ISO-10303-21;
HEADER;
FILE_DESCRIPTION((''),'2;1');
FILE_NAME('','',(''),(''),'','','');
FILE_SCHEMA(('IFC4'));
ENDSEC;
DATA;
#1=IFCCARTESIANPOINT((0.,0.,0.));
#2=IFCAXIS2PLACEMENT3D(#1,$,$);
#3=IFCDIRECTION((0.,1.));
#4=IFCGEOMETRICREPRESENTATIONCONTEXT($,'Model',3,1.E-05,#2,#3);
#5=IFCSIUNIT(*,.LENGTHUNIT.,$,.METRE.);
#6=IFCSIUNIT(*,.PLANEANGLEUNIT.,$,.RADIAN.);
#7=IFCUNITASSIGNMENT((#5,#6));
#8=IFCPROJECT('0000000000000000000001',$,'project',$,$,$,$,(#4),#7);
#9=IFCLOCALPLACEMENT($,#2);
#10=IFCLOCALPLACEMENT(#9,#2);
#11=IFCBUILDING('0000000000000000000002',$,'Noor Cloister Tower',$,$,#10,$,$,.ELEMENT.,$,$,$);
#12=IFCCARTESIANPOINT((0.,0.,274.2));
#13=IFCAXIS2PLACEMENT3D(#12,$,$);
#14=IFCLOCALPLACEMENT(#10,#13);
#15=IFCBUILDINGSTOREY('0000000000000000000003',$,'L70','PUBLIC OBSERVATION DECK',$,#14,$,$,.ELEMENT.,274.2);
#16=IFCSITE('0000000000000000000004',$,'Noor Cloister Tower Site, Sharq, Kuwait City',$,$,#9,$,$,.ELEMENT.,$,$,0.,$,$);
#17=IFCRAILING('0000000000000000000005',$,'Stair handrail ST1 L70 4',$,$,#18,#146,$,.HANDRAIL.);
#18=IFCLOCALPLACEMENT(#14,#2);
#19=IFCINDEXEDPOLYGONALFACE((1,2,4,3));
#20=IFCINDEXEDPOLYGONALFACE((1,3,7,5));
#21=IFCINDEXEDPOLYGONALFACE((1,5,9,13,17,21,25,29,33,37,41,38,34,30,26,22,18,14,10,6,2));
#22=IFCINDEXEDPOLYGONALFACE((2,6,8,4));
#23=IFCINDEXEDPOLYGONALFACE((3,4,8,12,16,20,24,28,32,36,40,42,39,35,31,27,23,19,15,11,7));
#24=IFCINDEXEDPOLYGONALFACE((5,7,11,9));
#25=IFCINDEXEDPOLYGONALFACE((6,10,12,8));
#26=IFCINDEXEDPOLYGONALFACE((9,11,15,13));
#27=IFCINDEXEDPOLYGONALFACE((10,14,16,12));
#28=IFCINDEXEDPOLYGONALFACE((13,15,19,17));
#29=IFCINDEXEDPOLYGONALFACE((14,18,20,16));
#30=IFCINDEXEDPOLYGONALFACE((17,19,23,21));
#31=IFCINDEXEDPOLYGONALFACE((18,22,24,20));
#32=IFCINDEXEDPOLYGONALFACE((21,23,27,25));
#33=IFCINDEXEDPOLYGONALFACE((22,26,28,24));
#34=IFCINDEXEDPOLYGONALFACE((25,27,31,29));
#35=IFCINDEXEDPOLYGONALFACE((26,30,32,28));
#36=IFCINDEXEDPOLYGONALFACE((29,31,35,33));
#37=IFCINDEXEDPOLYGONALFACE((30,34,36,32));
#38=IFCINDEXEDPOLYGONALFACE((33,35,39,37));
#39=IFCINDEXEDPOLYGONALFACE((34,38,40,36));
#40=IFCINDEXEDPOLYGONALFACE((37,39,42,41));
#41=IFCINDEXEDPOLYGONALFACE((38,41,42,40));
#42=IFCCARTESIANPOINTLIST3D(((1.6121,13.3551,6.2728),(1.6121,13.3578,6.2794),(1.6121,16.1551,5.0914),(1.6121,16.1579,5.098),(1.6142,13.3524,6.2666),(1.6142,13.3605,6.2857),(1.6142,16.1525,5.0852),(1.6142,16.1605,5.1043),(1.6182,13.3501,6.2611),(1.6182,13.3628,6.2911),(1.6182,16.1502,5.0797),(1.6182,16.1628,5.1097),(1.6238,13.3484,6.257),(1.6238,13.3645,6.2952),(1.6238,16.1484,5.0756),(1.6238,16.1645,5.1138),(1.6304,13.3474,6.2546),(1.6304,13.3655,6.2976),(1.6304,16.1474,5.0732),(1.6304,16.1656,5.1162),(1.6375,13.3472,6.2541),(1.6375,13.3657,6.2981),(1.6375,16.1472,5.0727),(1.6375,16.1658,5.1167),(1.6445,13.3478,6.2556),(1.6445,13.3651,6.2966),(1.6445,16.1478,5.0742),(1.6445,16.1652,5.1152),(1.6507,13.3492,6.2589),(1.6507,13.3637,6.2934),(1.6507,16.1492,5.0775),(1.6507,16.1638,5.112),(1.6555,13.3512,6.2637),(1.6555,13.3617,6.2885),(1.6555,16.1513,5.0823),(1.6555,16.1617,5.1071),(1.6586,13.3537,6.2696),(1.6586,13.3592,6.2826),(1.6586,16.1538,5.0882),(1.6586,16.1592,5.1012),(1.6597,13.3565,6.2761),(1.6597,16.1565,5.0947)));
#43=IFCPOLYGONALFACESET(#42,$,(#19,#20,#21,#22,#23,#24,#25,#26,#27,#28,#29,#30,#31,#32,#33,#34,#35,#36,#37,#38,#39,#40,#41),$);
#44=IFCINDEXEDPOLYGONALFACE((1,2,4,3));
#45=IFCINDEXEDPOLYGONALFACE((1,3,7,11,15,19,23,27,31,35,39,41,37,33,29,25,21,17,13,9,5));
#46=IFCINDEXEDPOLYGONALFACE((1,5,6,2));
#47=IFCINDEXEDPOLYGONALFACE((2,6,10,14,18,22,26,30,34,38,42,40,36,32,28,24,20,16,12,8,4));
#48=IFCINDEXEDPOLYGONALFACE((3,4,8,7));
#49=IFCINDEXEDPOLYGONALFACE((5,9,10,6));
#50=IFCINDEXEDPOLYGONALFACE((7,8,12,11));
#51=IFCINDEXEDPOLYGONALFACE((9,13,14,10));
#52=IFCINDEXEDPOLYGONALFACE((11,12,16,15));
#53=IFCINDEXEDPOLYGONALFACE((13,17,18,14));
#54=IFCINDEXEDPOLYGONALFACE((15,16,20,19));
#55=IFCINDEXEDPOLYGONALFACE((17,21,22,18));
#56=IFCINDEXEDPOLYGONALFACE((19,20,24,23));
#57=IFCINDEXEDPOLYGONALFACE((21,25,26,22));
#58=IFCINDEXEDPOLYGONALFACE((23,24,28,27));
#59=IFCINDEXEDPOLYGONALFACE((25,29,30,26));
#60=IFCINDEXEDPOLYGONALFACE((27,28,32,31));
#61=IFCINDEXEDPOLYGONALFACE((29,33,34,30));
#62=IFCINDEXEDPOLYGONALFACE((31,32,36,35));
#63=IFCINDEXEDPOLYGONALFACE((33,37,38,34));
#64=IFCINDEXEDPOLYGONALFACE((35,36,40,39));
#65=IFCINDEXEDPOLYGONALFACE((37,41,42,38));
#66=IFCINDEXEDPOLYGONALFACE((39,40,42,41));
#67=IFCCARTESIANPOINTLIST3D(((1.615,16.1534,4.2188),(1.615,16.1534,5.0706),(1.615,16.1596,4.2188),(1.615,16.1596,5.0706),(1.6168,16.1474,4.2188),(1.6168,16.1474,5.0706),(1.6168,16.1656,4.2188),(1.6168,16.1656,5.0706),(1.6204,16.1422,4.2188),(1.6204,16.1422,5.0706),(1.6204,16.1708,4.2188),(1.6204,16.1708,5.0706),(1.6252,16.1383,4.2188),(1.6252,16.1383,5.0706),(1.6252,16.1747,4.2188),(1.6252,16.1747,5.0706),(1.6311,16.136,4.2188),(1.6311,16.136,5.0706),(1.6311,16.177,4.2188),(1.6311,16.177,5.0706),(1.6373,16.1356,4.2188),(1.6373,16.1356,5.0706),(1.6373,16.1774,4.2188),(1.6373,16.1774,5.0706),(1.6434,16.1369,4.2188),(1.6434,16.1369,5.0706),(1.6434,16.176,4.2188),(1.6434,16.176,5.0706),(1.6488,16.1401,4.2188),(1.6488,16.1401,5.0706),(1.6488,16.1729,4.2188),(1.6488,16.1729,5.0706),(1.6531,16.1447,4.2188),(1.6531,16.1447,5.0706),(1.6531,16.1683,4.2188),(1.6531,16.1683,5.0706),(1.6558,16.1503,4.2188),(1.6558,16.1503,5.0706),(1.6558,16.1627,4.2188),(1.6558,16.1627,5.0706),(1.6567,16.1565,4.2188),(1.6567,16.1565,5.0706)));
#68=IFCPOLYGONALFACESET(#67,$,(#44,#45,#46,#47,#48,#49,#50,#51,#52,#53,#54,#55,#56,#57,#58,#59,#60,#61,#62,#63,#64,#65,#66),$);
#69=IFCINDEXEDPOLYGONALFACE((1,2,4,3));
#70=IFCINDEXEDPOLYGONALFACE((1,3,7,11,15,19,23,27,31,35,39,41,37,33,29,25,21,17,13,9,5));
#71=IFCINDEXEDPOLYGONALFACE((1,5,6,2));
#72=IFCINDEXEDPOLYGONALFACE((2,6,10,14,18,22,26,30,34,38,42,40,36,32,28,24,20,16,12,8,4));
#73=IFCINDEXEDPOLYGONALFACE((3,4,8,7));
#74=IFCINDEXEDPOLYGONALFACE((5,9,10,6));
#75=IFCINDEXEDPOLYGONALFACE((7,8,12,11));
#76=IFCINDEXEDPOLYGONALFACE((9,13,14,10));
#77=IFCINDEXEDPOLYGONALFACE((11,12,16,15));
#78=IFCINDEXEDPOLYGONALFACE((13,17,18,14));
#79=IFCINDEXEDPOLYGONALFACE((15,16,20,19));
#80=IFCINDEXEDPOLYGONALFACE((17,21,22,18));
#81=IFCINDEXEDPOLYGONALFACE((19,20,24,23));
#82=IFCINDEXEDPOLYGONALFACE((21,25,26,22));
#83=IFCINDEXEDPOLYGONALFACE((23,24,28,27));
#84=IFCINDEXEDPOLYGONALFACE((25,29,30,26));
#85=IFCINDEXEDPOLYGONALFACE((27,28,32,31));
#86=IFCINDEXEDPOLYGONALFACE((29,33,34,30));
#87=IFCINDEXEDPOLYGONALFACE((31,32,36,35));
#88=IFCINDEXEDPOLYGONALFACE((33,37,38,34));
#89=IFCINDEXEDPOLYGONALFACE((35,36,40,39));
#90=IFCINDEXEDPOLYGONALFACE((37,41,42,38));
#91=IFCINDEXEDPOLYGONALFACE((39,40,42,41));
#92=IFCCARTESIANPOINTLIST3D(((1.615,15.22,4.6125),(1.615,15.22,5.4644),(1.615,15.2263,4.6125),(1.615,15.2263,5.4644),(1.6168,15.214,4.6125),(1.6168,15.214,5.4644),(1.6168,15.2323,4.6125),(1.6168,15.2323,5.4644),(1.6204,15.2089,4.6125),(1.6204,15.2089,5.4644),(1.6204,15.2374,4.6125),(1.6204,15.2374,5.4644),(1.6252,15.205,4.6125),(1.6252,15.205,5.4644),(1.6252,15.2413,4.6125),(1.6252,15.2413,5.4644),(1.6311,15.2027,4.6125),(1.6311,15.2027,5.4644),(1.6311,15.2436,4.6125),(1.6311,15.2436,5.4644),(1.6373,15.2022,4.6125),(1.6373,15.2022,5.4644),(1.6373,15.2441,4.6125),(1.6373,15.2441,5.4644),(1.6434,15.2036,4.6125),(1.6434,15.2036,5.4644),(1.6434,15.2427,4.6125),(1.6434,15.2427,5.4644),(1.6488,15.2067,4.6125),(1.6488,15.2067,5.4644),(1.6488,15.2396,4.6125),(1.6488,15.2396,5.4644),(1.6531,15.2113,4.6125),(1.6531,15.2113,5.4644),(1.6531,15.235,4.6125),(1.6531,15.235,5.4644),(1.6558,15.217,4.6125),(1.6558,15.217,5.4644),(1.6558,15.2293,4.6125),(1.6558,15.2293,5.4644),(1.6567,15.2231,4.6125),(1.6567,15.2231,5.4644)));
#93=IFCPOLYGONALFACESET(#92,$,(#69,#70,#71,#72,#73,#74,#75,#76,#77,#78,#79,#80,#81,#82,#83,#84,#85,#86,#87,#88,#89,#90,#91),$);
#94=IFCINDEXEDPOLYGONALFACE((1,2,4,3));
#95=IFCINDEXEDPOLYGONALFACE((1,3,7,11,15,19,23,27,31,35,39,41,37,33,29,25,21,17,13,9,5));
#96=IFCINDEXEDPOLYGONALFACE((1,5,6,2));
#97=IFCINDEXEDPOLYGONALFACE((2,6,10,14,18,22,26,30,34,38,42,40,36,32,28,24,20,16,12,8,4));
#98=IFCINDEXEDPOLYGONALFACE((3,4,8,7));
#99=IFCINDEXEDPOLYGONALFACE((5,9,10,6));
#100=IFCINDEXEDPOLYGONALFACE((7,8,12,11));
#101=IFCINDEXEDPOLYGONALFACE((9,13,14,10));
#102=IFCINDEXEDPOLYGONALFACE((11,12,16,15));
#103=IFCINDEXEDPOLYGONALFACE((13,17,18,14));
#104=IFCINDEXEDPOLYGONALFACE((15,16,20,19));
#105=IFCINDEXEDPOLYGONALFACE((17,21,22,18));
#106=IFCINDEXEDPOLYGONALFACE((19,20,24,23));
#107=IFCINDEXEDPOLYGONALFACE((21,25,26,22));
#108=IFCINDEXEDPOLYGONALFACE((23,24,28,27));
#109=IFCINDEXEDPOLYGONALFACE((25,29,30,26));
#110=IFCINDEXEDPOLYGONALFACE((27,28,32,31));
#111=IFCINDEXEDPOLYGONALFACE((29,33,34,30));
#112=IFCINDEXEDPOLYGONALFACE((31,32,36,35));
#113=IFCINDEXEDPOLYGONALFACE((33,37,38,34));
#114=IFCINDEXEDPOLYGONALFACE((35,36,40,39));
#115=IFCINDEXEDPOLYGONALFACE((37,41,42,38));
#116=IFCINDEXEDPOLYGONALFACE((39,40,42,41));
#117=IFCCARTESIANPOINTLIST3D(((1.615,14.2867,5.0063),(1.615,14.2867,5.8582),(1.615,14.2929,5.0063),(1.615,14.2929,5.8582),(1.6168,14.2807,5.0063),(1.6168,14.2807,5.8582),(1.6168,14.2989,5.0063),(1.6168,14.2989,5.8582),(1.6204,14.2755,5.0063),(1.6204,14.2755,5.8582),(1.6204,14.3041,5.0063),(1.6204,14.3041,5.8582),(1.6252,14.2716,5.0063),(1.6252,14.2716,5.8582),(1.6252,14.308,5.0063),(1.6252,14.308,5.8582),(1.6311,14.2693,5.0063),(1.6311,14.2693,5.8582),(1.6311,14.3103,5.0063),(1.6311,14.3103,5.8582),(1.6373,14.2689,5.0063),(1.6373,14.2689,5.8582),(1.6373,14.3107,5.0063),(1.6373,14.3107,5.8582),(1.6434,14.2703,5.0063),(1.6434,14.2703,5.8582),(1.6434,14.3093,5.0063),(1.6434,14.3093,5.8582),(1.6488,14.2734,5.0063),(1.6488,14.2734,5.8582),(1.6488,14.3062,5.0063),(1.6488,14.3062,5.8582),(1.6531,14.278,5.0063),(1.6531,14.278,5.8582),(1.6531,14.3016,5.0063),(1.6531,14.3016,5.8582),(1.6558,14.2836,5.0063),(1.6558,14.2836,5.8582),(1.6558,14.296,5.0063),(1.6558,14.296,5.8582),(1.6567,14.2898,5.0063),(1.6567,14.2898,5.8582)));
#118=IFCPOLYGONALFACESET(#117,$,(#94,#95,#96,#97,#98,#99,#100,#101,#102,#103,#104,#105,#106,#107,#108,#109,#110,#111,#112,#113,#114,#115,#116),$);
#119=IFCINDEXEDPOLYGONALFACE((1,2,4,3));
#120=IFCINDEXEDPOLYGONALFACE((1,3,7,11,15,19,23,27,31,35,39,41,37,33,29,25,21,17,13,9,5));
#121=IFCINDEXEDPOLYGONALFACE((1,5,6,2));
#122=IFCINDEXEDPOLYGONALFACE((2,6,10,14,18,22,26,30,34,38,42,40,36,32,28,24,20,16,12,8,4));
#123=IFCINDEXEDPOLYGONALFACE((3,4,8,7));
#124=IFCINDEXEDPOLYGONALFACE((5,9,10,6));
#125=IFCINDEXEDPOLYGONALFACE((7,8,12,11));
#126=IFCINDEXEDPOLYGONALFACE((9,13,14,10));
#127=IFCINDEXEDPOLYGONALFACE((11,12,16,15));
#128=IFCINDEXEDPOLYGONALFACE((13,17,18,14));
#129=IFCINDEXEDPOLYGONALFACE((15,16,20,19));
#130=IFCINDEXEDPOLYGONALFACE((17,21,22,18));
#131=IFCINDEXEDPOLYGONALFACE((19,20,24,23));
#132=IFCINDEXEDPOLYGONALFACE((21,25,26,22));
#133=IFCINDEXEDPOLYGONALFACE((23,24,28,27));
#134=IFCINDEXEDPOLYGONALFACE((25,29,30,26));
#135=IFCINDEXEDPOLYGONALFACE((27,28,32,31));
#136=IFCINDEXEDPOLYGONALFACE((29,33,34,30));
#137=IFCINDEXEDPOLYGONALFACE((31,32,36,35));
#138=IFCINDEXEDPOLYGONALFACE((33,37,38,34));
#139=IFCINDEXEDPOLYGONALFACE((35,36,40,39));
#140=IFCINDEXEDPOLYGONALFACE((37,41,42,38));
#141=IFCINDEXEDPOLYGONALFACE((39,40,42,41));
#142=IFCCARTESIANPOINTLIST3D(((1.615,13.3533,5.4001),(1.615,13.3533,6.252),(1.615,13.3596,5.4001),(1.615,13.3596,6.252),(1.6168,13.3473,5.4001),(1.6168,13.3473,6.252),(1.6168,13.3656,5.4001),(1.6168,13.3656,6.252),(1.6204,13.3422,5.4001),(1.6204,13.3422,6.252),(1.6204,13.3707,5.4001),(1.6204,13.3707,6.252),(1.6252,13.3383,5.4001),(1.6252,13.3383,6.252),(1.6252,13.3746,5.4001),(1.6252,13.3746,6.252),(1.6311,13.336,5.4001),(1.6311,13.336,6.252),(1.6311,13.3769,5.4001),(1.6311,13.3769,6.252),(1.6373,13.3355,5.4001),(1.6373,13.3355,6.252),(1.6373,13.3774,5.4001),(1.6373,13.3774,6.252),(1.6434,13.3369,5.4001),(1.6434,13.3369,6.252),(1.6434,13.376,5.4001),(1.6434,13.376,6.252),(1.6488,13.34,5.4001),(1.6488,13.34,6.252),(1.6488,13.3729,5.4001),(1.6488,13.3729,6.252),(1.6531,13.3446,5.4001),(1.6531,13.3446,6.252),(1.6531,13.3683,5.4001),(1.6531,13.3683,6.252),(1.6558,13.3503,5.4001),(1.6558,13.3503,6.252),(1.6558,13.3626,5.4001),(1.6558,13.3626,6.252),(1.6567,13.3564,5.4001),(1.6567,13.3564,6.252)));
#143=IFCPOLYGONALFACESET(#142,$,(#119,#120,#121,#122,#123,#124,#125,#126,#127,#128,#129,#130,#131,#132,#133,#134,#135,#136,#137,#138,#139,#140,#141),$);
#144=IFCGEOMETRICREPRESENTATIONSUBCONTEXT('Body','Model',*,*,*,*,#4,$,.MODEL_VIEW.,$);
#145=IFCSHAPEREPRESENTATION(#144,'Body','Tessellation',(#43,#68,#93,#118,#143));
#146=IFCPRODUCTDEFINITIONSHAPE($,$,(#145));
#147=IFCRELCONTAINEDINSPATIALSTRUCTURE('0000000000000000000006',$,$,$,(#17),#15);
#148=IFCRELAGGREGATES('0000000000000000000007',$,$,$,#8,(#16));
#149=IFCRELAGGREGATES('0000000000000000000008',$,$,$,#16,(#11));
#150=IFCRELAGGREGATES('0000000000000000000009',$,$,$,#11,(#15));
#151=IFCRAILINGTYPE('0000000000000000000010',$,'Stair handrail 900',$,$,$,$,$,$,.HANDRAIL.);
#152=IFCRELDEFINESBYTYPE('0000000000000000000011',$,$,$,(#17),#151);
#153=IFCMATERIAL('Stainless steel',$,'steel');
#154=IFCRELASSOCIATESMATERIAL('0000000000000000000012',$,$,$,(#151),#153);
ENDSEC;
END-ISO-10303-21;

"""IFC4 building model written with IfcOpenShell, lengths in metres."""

from ifc_helpers import new_model, si_unit, direction, frame, origin, origin_2d, place, context, subcontext, project, spatial, circle, extrude, material, type_object, element, save


model = new_model("IFC4")

# Units and contexts
model_context = context("Model", 3, precision=1e-05, world=origin(), true_north=direction((0.0, 1.0)))
body_context = subcontext(model_context, "Body", "Model", "MODEL_VIEW")
ifc_project = project(units=[si_unit("LENGTHUNIT", "METRE"), si_unit("PLANEANGLEUNIT", "RADIAN")], contexts=[model_context])

# Site, building, storey
site_placement = place(None, origin())
site = spatial("IfcSite", under=ifc_project, at=site_placement, Name="Noor Cloister Tower Site, Sharq, Kuwait City", CompositionType="ELEMENT", RefElevation=0.0)
building_placement = place(site_placement, origin())
building = spatial("IfcBuilding", under=site, at=building_placement, Name="Noor Cloister Tower", CompositionType="ELEMENT")
storey_placement = place(building_placement, frame((0.0, 0.0, 274.2)))
storey = spatial("IfcBuildingStorey", under=building, at=storey_placement, Name="L70", Description="PUBLIC OBSERVATION DECK", CompositionType="ELEMENT", Elevation=274.2)

# Railing
ifc_material_1 = material(Name="Stainless steel", Category="steel")
railing_type_1 = type_object("IfcRailingType", Name="Stair handrail 900", PredefinedType="HANDRAIL", material=ifc_material_1)
railing_1_placement = place(storey_placement, frame((1.6357, 16.1565, 4.2188)))
element("IfcRailing", 1, at=railing_1_placement, inside=storey, type_object=railing_type_1, Name="Stair handrail ST1 L70 4", PredefinedType="HANDRAIL", context=body_context, shape_type="SweptSolid", body=[
    extrude(circle(Radius=0.0239, at=origin_2d()), frame((0.0, 0.0, 0.876), z_axis=(0.0, -0.921349, 0.388736), x_axis=(1.0, 0.0, 0.0)), (0.0, 0.0, 1.0), 3.0391),
    extrude(circle(Radius=0.021, at=origin_2d()), origin(), (0.0, 0.0, 1.0), 0.8518),
    extrude(circle(Radius=0.021, at=origin_2d()), frame((0.0, -0.9333, 0.3938)), (0.0, 0.0, 1.0), 0.8518),
    extrude(circle(Radius=0.021, at=origin_2d()), frame((0.0, -1.8667, 0.7876)), (0.0, 0.0, 1.0), 0.8518),
    extrude(circle(Radius=0.021, at=origin_2d()), frame((0.0, -2.8, 1.1814)), (0.0, 0.0, 1.0), 0.8518),
])

save(model, "model.ifc")
